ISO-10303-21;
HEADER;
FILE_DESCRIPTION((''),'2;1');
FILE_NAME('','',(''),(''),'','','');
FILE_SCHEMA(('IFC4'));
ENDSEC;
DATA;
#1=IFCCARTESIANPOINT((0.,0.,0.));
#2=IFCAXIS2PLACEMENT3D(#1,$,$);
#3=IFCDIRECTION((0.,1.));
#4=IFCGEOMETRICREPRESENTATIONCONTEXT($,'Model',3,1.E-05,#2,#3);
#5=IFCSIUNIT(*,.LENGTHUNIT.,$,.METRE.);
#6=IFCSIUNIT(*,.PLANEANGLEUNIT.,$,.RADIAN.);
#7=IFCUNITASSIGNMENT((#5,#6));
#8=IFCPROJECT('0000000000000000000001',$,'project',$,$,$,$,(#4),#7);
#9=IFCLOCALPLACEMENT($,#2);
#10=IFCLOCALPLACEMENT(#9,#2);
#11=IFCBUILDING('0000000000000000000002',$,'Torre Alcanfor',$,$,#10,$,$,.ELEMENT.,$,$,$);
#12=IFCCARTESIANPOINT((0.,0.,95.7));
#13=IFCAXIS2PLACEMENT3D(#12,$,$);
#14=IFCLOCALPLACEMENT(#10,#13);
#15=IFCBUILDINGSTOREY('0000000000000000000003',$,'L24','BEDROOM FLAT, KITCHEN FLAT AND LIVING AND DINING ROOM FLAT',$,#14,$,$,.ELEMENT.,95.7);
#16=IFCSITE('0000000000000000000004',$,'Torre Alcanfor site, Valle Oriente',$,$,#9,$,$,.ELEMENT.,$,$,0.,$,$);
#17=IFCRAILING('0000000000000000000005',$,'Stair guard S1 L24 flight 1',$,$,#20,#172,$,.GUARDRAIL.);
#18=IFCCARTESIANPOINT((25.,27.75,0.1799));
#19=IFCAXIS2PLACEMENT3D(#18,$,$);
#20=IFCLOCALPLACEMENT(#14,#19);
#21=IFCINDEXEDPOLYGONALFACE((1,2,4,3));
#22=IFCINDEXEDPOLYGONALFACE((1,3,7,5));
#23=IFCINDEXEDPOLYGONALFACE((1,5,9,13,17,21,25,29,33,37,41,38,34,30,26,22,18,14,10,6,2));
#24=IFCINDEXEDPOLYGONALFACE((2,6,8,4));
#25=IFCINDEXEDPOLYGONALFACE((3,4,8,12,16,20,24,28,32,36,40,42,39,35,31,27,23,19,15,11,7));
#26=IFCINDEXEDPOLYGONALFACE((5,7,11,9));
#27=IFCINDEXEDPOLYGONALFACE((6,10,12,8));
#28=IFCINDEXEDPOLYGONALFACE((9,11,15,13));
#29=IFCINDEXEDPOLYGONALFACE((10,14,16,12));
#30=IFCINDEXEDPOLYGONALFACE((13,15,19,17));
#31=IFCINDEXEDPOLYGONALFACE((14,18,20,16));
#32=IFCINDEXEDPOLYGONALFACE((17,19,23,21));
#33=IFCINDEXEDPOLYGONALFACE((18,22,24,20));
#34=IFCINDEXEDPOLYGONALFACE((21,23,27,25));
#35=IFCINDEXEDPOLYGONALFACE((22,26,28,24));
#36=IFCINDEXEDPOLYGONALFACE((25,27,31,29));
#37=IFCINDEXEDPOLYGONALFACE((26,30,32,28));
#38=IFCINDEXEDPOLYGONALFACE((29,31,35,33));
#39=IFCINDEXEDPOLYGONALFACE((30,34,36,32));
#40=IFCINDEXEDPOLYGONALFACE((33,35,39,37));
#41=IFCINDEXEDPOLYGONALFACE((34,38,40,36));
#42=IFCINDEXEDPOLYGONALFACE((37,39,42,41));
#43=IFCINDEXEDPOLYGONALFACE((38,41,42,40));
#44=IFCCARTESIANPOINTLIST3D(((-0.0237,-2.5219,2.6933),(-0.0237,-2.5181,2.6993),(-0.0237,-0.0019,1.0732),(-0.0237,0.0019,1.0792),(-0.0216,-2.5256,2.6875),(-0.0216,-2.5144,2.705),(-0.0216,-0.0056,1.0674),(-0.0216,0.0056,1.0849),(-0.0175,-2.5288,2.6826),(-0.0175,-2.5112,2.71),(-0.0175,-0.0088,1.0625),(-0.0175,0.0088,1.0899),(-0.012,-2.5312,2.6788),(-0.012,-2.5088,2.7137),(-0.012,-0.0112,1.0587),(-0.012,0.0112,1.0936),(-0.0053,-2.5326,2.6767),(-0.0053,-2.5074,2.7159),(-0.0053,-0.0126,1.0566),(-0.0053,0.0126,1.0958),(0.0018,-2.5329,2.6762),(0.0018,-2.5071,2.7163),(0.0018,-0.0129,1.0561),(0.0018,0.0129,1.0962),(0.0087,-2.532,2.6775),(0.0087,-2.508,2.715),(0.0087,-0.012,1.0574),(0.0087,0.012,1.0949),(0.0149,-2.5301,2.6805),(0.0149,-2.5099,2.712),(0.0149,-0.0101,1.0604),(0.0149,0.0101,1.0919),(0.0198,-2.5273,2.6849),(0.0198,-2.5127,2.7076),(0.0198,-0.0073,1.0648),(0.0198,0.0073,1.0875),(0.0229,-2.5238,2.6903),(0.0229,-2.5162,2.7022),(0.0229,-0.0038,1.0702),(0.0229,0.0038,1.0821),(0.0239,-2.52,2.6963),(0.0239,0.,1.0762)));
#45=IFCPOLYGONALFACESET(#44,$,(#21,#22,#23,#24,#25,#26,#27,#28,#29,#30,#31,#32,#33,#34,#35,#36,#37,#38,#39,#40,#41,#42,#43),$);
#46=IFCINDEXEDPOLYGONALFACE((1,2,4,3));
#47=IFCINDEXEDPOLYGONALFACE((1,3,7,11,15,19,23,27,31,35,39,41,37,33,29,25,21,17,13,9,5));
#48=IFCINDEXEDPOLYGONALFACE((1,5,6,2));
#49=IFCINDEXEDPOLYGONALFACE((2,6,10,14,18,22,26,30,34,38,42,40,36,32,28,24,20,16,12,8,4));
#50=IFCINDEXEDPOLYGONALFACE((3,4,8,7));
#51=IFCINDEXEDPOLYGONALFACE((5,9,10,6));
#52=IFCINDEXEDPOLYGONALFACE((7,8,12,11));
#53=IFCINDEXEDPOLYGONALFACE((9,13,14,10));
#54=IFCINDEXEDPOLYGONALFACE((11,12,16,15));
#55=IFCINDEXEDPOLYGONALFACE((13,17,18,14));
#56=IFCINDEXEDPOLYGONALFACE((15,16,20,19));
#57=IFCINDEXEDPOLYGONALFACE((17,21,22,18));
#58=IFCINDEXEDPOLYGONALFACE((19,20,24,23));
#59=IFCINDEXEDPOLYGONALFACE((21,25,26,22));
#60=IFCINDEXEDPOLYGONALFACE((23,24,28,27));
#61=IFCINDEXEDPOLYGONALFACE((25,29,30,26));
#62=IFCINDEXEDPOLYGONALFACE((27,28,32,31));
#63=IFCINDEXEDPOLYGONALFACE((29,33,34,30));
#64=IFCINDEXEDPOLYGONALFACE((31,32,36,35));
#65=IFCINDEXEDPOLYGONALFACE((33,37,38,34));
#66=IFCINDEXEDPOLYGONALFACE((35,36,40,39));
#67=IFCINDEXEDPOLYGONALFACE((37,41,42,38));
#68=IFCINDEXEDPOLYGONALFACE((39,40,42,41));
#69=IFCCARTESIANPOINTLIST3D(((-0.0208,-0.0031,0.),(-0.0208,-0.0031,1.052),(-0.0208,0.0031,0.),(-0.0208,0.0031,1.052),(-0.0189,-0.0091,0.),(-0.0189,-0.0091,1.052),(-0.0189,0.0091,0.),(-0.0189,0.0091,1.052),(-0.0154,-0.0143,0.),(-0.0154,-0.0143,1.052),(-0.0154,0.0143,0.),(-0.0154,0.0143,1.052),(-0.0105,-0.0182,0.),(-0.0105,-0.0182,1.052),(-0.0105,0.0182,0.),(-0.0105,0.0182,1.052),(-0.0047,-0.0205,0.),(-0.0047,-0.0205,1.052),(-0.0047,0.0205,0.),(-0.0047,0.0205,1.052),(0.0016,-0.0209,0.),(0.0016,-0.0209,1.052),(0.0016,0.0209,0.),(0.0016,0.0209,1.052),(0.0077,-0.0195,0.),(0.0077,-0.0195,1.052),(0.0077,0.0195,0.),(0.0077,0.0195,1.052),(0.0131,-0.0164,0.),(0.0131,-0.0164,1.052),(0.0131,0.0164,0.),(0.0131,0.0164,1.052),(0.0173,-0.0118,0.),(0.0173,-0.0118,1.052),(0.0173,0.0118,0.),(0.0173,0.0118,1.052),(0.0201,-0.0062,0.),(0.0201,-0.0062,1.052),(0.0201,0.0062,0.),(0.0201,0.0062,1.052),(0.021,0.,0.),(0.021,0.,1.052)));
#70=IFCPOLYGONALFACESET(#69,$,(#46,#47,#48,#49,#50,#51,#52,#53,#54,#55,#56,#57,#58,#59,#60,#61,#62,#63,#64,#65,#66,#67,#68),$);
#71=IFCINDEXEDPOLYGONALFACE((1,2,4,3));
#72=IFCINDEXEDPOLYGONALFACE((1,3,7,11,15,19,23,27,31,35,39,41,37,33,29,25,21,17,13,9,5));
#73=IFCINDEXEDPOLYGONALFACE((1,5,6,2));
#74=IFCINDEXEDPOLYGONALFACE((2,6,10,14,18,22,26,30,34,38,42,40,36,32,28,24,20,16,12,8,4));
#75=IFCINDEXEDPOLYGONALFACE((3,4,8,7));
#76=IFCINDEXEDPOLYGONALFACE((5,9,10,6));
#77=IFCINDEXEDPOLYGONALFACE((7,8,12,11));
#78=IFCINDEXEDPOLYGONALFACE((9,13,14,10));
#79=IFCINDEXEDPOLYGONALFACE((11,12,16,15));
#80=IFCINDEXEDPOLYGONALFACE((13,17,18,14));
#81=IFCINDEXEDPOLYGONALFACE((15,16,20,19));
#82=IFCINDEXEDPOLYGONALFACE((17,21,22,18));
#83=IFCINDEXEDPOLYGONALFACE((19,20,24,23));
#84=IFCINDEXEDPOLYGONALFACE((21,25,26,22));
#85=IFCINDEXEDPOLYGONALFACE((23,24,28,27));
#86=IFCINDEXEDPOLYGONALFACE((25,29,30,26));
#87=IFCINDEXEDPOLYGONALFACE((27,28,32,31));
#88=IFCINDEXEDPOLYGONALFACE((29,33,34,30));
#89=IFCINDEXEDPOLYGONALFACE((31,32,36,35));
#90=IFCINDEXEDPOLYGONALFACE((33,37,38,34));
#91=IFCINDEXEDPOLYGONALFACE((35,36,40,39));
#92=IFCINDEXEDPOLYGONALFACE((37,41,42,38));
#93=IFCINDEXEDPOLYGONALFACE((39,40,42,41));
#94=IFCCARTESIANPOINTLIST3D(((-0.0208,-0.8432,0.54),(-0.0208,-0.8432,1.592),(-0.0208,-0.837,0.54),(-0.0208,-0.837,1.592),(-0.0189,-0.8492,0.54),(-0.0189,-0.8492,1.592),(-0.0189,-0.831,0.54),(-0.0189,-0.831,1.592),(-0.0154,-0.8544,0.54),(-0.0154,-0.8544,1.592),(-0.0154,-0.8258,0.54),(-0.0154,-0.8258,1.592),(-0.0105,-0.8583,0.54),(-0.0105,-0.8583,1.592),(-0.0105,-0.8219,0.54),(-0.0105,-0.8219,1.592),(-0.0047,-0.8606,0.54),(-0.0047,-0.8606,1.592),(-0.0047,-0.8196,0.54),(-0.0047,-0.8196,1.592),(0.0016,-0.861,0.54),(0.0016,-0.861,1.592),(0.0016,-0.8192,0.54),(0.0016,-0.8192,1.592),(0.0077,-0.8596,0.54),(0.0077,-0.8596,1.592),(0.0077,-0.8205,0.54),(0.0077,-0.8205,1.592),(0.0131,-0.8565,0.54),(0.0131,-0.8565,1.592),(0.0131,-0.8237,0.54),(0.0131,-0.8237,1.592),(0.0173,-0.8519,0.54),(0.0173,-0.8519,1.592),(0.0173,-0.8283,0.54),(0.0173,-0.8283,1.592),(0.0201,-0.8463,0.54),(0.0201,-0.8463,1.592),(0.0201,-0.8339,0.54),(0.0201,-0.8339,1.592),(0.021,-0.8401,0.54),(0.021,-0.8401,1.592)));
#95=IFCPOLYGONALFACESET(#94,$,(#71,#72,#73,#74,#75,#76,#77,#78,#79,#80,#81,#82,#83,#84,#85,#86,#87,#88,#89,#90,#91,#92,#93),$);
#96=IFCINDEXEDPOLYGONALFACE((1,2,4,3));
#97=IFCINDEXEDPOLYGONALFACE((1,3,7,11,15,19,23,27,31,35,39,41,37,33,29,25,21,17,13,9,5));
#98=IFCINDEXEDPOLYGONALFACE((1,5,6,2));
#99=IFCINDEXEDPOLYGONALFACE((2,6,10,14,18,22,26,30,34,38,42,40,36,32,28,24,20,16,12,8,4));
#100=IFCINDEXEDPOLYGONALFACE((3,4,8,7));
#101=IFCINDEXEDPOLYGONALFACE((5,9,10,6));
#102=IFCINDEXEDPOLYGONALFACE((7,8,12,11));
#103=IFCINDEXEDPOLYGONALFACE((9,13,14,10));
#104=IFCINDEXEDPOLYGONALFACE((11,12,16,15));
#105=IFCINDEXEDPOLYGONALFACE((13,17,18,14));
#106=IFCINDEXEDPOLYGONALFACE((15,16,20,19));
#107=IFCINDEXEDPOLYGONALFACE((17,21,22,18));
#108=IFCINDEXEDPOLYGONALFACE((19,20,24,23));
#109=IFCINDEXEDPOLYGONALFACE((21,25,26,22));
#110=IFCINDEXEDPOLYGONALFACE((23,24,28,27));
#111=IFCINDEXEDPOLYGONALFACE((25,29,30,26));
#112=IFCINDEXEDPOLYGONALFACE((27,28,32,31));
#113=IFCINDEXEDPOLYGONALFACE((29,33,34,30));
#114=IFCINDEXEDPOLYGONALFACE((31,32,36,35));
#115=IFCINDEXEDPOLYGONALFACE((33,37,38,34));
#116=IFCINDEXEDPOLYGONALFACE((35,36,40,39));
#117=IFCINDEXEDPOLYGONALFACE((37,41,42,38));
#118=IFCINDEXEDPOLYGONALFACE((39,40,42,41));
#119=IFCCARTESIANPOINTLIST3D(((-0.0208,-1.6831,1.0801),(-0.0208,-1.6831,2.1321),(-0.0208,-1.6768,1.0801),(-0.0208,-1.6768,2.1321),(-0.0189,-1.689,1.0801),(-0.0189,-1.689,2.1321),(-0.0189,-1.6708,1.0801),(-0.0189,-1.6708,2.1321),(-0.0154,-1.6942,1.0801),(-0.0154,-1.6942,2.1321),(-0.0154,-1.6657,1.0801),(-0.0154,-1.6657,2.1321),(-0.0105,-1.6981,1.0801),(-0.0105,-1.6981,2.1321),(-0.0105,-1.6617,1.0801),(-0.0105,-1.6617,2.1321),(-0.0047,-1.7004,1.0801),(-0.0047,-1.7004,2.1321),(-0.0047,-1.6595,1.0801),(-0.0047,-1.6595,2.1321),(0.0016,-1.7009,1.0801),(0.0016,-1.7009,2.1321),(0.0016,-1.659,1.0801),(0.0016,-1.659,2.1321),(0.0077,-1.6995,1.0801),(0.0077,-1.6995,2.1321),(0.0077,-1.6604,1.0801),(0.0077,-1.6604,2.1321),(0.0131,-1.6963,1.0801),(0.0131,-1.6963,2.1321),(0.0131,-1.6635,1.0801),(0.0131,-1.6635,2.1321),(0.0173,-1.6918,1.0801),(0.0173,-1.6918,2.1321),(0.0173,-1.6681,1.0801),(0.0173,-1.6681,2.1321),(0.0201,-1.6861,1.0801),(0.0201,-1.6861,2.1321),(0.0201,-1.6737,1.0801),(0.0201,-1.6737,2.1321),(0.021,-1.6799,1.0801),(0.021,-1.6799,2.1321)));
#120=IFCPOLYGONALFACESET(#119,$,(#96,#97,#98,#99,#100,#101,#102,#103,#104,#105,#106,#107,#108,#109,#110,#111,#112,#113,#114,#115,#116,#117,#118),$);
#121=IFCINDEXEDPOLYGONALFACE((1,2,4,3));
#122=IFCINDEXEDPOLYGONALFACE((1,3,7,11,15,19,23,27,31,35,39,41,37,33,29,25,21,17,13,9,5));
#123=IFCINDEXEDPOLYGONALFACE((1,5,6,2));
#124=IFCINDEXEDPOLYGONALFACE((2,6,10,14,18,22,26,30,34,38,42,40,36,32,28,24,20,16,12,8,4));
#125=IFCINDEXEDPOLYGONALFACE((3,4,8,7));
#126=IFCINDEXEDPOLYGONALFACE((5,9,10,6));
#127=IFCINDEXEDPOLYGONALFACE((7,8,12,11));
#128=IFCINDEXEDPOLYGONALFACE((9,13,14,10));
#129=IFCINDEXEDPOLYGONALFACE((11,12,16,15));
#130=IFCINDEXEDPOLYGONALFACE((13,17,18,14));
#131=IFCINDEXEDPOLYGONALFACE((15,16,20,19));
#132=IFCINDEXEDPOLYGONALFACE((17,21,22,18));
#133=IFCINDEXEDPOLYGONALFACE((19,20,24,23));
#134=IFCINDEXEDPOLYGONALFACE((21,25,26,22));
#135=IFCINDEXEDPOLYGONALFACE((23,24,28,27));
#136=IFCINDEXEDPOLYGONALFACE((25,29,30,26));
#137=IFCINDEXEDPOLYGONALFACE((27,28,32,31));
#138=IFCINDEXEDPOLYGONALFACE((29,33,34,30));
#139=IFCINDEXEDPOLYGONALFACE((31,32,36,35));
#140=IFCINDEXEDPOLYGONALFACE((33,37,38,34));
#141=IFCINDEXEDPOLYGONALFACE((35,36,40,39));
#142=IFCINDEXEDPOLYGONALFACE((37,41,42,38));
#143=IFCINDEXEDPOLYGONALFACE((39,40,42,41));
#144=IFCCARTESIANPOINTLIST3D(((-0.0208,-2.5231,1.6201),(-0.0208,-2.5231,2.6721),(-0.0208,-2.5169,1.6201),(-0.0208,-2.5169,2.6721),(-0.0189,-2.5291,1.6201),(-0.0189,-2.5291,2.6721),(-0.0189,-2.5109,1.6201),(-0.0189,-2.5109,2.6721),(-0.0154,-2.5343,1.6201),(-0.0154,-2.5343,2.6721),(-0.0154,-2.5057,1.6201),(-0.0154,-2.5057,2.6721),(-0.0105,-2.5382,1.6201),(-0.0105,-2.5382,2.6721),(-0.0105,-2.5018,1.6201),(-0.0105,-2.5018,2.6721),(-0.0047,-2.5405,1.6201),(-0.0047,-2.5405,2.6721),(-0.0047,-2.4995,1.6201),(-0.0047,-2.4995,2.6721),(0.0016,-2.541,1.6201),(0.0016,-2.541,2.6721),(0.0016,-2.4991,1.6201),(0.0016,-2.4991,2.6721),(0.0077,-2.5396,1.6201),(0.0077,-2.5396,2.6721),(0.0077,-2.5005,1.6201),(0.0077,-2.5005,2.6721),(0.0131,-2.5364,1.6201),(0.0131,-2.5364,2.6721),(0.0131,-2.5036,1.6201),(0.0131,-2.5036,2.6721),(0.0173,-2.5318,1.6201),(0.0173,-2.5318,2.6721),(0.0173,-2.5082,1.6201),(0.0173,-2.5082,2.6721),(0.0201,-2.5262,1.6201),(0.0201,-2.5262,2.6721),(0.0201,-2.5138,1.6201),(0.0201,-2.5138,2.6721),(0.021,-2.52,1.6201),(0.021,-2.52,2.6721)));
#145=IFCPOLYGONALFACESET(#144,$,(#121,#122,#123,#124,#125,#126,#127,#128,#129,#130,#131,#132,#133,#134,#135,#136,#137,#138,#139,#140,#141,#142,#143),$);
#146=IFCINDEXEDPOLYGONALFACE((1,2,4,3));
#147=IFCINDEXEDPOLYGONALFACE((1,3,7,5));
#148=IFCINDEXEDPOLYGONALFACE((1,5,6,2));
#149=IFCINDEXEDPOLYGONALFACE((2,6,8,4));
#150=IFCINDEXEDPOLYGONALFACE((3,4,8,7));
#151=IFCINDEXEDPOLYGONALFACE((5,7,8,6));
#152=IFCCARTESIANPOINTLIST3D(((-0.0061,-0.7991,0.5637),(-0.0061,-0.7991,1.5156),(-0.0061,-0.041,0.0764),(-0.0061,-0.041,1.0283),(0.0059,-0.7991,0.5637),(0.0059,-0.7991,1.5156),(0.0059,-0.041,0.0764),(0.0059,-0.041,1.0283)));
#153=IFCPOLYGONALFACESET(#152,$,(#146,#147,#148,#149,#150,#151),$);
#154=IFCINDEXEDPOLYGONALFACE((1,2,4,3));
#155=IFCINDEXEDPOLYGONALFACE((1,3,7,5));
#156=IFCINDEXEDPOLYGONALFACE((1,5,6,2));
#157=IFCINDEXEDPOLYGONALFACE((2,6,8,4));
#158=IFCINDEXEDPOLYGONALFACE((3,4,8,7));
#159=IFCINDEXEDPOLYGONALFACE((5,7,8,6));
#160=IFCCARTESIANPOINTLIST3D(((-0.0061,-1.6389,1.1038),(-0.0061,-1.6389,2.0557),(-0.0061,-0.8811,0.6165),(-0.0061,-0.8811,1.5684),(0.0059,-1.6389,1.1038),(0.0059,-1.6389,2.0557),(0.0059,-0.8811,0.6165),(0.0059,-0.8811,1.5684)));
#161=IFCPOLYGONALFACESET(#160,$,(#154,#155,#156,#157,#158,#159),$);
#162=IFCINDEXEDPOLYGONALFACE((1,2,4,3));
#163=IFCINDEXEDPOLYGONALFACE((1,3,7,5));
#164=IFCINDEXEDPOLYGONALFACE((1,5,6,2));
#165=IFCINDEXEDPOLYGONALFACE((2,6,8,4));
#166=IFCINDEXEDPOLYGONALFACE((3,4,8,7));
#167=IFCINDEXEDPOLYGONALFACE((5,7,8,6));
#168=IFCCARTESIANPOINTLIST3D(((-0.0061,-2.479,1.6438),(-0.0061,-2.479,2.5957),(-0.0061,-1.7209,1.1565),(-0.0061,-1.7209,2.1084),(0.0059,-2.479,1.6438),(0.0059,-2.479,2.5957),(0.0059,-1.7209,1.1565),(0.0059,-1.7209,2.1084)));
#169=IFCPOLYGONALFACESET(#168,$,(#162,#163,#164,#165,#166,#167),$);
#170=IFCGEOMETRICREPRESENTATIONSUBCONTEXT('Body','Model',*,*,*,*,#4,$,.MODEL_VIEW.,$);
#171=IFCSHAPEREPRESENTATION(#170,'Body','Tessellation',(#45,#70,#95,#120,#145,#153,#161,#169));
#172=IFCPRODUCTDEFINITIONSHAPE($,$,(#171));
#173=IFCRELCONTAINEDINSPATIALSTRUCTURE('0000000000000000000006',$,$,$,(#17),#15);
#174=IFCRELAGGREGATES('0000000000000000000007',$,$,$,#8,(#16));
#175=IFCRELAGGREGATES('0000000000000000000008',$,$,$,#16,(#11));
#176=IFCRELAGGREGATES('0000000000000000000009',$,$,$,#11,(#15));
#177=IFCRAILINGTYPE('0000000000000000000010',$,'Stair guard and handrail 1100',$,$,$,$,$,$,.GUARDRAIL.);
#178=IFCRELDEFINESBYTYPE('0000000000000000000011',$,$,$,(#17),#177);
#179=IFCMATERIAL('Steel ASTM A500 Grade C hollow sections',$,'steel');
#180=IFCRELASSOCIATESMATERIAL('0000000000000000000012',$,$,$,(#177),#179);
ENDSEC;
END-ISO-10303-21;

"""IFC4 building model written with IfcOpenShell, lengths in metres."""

from ifc_helpers import new_model, si_unit, direction, frame, origin, origin_2d, place, context, subcontext, project, spatial, polyline, circle, outline, extrude, material, type_object, element, save


model = new_model("IFC4")

# Units and contexts
model_context = context("Model", 3, precision=1e-05, world=origin(), true_north=direction((0.0, 1.0)))
body_context = subcontext(model_context, "Body", "Model", "MODEL_VIEW")
ifc_project = project(units=[si_unit("LENGTHUNIT", "METRE"), si_unit("PLANEANGLEUNIT", "RADIAN")], contexts=[model_context])

# Site, building, storey
site_placement = place(None, origin())
site = spatial("IfcSite", under=ifc_project, at=site_placement, Name="Torre Alcanfor site, Valle Oriente", CompositionType="ELEMENT", RefElevation=0.0)
building_placement = place(site_placement, origin())
building = spatial("IfcBuilding", under=site, at=building_placement, Name="Torre Alcanfor", CompositionType="ELEMENT")
storey_placement = place(building_placement, frame((0.0, 0.0, 95.7)))
storey = spatial("IfcBuildingStorey", under=building, at=storey_placement, Name="L24", Description="BEDROOM FLAT, KITCHEN FLAT AND LIVING AND DINING ROOM FLAT", CompositionType="ELEMENT", Elevation=95.7)

# Railing
ifc_material_1 = material(Name="Steel ASTM A500 Grade C hollow sections", Category="steel")
railing_type_1 = type_object("IfcRailingType", Name="Stair guard and handrail 1100", PredefinedType="GUARDRAIL", material=ifc_material_1)
railing_1_placement = place(storey_placement, frame((25.0, 27.75, 0.1799)))
element("IfcRailing", 1, at=railing_1_placement, inside=storey, type_object=railing_type_1, Name="Stair guard S1 L24 flight 1", PredefinedType="GUARDRAIL", context=body_context, shape_type="SweptSolid", body=[
    extrude(circle(Radius=0.0239, at=origin_2d()), frame((0.0, 0.0, 1.0762), z_axis=(0.0, -0.841163, 0.540782), x_axis=(1.0, 0.0, 0.0)), (0.0, 0.0, 1.0), 2.9958),
    extrude(circle(Radius=0.021, at=origin_2d()), origin(), (0.0, 0.0, 1.0), 1.052),
    extrude(circle(Radius=0.021, at=origin_2d()), frame((0.0, -0.8401, 0.54)), (0.0, 0.0, 1.0), 1.052),
    extrude(circle(Radius=0.021, at=origin_2d()), frame((0.0, -1.6799, 1.0801)), (0.0, 0.0, 1.0), 1.052),
    extrude(circle(Radius=0.021, at=origin_2d()), frame((0.0, -2.52, 1.6201)), (0.0, 0.0, 1.0), 1.052),
    extrude(outline(polyline([(0.041, 0.0764), (0.7991, 0.5637), (0.7991, 1.5156), (0.041, 1.0283), (0.041, 0.0764)])), frame((0.0059, 0.0, 0.0), z_axis=(-1.0, 0.0, 0.0), x_axis=(0.0, -1.0, 0.0)), (0.0, 0.0, 1.0), 0.012),
    extrude(outline(polyline([(0.8811, 0.6165), (1.6389, 1.1038), (1.6389, 2.0557), (0.8811, 1.5684), (0.8811, 0.6165)])), frame((0.0059, 0.0, 0.0), z_axis=(-1.0, 0.0, 0.0), x_axis=(0.0, -1.0, 0.0)), (0.0, 0.0, 1.0), 0.012),
    extrude(outline(polyline([(1.7209, 1.1565), (2.479, 1.6438), (2.479, 2.5957), (1.7209, 2.1084), (1.7209, 1.1565)])), frame((0.0059, 0.0, 0.0), z_axis=(-1.0, 0.0, 0.0), x_axis=(0.0, -1.0, 0.0)), (0.0, 0.0, 1.0), 0.012),
])

save(model, "model.ifc")
